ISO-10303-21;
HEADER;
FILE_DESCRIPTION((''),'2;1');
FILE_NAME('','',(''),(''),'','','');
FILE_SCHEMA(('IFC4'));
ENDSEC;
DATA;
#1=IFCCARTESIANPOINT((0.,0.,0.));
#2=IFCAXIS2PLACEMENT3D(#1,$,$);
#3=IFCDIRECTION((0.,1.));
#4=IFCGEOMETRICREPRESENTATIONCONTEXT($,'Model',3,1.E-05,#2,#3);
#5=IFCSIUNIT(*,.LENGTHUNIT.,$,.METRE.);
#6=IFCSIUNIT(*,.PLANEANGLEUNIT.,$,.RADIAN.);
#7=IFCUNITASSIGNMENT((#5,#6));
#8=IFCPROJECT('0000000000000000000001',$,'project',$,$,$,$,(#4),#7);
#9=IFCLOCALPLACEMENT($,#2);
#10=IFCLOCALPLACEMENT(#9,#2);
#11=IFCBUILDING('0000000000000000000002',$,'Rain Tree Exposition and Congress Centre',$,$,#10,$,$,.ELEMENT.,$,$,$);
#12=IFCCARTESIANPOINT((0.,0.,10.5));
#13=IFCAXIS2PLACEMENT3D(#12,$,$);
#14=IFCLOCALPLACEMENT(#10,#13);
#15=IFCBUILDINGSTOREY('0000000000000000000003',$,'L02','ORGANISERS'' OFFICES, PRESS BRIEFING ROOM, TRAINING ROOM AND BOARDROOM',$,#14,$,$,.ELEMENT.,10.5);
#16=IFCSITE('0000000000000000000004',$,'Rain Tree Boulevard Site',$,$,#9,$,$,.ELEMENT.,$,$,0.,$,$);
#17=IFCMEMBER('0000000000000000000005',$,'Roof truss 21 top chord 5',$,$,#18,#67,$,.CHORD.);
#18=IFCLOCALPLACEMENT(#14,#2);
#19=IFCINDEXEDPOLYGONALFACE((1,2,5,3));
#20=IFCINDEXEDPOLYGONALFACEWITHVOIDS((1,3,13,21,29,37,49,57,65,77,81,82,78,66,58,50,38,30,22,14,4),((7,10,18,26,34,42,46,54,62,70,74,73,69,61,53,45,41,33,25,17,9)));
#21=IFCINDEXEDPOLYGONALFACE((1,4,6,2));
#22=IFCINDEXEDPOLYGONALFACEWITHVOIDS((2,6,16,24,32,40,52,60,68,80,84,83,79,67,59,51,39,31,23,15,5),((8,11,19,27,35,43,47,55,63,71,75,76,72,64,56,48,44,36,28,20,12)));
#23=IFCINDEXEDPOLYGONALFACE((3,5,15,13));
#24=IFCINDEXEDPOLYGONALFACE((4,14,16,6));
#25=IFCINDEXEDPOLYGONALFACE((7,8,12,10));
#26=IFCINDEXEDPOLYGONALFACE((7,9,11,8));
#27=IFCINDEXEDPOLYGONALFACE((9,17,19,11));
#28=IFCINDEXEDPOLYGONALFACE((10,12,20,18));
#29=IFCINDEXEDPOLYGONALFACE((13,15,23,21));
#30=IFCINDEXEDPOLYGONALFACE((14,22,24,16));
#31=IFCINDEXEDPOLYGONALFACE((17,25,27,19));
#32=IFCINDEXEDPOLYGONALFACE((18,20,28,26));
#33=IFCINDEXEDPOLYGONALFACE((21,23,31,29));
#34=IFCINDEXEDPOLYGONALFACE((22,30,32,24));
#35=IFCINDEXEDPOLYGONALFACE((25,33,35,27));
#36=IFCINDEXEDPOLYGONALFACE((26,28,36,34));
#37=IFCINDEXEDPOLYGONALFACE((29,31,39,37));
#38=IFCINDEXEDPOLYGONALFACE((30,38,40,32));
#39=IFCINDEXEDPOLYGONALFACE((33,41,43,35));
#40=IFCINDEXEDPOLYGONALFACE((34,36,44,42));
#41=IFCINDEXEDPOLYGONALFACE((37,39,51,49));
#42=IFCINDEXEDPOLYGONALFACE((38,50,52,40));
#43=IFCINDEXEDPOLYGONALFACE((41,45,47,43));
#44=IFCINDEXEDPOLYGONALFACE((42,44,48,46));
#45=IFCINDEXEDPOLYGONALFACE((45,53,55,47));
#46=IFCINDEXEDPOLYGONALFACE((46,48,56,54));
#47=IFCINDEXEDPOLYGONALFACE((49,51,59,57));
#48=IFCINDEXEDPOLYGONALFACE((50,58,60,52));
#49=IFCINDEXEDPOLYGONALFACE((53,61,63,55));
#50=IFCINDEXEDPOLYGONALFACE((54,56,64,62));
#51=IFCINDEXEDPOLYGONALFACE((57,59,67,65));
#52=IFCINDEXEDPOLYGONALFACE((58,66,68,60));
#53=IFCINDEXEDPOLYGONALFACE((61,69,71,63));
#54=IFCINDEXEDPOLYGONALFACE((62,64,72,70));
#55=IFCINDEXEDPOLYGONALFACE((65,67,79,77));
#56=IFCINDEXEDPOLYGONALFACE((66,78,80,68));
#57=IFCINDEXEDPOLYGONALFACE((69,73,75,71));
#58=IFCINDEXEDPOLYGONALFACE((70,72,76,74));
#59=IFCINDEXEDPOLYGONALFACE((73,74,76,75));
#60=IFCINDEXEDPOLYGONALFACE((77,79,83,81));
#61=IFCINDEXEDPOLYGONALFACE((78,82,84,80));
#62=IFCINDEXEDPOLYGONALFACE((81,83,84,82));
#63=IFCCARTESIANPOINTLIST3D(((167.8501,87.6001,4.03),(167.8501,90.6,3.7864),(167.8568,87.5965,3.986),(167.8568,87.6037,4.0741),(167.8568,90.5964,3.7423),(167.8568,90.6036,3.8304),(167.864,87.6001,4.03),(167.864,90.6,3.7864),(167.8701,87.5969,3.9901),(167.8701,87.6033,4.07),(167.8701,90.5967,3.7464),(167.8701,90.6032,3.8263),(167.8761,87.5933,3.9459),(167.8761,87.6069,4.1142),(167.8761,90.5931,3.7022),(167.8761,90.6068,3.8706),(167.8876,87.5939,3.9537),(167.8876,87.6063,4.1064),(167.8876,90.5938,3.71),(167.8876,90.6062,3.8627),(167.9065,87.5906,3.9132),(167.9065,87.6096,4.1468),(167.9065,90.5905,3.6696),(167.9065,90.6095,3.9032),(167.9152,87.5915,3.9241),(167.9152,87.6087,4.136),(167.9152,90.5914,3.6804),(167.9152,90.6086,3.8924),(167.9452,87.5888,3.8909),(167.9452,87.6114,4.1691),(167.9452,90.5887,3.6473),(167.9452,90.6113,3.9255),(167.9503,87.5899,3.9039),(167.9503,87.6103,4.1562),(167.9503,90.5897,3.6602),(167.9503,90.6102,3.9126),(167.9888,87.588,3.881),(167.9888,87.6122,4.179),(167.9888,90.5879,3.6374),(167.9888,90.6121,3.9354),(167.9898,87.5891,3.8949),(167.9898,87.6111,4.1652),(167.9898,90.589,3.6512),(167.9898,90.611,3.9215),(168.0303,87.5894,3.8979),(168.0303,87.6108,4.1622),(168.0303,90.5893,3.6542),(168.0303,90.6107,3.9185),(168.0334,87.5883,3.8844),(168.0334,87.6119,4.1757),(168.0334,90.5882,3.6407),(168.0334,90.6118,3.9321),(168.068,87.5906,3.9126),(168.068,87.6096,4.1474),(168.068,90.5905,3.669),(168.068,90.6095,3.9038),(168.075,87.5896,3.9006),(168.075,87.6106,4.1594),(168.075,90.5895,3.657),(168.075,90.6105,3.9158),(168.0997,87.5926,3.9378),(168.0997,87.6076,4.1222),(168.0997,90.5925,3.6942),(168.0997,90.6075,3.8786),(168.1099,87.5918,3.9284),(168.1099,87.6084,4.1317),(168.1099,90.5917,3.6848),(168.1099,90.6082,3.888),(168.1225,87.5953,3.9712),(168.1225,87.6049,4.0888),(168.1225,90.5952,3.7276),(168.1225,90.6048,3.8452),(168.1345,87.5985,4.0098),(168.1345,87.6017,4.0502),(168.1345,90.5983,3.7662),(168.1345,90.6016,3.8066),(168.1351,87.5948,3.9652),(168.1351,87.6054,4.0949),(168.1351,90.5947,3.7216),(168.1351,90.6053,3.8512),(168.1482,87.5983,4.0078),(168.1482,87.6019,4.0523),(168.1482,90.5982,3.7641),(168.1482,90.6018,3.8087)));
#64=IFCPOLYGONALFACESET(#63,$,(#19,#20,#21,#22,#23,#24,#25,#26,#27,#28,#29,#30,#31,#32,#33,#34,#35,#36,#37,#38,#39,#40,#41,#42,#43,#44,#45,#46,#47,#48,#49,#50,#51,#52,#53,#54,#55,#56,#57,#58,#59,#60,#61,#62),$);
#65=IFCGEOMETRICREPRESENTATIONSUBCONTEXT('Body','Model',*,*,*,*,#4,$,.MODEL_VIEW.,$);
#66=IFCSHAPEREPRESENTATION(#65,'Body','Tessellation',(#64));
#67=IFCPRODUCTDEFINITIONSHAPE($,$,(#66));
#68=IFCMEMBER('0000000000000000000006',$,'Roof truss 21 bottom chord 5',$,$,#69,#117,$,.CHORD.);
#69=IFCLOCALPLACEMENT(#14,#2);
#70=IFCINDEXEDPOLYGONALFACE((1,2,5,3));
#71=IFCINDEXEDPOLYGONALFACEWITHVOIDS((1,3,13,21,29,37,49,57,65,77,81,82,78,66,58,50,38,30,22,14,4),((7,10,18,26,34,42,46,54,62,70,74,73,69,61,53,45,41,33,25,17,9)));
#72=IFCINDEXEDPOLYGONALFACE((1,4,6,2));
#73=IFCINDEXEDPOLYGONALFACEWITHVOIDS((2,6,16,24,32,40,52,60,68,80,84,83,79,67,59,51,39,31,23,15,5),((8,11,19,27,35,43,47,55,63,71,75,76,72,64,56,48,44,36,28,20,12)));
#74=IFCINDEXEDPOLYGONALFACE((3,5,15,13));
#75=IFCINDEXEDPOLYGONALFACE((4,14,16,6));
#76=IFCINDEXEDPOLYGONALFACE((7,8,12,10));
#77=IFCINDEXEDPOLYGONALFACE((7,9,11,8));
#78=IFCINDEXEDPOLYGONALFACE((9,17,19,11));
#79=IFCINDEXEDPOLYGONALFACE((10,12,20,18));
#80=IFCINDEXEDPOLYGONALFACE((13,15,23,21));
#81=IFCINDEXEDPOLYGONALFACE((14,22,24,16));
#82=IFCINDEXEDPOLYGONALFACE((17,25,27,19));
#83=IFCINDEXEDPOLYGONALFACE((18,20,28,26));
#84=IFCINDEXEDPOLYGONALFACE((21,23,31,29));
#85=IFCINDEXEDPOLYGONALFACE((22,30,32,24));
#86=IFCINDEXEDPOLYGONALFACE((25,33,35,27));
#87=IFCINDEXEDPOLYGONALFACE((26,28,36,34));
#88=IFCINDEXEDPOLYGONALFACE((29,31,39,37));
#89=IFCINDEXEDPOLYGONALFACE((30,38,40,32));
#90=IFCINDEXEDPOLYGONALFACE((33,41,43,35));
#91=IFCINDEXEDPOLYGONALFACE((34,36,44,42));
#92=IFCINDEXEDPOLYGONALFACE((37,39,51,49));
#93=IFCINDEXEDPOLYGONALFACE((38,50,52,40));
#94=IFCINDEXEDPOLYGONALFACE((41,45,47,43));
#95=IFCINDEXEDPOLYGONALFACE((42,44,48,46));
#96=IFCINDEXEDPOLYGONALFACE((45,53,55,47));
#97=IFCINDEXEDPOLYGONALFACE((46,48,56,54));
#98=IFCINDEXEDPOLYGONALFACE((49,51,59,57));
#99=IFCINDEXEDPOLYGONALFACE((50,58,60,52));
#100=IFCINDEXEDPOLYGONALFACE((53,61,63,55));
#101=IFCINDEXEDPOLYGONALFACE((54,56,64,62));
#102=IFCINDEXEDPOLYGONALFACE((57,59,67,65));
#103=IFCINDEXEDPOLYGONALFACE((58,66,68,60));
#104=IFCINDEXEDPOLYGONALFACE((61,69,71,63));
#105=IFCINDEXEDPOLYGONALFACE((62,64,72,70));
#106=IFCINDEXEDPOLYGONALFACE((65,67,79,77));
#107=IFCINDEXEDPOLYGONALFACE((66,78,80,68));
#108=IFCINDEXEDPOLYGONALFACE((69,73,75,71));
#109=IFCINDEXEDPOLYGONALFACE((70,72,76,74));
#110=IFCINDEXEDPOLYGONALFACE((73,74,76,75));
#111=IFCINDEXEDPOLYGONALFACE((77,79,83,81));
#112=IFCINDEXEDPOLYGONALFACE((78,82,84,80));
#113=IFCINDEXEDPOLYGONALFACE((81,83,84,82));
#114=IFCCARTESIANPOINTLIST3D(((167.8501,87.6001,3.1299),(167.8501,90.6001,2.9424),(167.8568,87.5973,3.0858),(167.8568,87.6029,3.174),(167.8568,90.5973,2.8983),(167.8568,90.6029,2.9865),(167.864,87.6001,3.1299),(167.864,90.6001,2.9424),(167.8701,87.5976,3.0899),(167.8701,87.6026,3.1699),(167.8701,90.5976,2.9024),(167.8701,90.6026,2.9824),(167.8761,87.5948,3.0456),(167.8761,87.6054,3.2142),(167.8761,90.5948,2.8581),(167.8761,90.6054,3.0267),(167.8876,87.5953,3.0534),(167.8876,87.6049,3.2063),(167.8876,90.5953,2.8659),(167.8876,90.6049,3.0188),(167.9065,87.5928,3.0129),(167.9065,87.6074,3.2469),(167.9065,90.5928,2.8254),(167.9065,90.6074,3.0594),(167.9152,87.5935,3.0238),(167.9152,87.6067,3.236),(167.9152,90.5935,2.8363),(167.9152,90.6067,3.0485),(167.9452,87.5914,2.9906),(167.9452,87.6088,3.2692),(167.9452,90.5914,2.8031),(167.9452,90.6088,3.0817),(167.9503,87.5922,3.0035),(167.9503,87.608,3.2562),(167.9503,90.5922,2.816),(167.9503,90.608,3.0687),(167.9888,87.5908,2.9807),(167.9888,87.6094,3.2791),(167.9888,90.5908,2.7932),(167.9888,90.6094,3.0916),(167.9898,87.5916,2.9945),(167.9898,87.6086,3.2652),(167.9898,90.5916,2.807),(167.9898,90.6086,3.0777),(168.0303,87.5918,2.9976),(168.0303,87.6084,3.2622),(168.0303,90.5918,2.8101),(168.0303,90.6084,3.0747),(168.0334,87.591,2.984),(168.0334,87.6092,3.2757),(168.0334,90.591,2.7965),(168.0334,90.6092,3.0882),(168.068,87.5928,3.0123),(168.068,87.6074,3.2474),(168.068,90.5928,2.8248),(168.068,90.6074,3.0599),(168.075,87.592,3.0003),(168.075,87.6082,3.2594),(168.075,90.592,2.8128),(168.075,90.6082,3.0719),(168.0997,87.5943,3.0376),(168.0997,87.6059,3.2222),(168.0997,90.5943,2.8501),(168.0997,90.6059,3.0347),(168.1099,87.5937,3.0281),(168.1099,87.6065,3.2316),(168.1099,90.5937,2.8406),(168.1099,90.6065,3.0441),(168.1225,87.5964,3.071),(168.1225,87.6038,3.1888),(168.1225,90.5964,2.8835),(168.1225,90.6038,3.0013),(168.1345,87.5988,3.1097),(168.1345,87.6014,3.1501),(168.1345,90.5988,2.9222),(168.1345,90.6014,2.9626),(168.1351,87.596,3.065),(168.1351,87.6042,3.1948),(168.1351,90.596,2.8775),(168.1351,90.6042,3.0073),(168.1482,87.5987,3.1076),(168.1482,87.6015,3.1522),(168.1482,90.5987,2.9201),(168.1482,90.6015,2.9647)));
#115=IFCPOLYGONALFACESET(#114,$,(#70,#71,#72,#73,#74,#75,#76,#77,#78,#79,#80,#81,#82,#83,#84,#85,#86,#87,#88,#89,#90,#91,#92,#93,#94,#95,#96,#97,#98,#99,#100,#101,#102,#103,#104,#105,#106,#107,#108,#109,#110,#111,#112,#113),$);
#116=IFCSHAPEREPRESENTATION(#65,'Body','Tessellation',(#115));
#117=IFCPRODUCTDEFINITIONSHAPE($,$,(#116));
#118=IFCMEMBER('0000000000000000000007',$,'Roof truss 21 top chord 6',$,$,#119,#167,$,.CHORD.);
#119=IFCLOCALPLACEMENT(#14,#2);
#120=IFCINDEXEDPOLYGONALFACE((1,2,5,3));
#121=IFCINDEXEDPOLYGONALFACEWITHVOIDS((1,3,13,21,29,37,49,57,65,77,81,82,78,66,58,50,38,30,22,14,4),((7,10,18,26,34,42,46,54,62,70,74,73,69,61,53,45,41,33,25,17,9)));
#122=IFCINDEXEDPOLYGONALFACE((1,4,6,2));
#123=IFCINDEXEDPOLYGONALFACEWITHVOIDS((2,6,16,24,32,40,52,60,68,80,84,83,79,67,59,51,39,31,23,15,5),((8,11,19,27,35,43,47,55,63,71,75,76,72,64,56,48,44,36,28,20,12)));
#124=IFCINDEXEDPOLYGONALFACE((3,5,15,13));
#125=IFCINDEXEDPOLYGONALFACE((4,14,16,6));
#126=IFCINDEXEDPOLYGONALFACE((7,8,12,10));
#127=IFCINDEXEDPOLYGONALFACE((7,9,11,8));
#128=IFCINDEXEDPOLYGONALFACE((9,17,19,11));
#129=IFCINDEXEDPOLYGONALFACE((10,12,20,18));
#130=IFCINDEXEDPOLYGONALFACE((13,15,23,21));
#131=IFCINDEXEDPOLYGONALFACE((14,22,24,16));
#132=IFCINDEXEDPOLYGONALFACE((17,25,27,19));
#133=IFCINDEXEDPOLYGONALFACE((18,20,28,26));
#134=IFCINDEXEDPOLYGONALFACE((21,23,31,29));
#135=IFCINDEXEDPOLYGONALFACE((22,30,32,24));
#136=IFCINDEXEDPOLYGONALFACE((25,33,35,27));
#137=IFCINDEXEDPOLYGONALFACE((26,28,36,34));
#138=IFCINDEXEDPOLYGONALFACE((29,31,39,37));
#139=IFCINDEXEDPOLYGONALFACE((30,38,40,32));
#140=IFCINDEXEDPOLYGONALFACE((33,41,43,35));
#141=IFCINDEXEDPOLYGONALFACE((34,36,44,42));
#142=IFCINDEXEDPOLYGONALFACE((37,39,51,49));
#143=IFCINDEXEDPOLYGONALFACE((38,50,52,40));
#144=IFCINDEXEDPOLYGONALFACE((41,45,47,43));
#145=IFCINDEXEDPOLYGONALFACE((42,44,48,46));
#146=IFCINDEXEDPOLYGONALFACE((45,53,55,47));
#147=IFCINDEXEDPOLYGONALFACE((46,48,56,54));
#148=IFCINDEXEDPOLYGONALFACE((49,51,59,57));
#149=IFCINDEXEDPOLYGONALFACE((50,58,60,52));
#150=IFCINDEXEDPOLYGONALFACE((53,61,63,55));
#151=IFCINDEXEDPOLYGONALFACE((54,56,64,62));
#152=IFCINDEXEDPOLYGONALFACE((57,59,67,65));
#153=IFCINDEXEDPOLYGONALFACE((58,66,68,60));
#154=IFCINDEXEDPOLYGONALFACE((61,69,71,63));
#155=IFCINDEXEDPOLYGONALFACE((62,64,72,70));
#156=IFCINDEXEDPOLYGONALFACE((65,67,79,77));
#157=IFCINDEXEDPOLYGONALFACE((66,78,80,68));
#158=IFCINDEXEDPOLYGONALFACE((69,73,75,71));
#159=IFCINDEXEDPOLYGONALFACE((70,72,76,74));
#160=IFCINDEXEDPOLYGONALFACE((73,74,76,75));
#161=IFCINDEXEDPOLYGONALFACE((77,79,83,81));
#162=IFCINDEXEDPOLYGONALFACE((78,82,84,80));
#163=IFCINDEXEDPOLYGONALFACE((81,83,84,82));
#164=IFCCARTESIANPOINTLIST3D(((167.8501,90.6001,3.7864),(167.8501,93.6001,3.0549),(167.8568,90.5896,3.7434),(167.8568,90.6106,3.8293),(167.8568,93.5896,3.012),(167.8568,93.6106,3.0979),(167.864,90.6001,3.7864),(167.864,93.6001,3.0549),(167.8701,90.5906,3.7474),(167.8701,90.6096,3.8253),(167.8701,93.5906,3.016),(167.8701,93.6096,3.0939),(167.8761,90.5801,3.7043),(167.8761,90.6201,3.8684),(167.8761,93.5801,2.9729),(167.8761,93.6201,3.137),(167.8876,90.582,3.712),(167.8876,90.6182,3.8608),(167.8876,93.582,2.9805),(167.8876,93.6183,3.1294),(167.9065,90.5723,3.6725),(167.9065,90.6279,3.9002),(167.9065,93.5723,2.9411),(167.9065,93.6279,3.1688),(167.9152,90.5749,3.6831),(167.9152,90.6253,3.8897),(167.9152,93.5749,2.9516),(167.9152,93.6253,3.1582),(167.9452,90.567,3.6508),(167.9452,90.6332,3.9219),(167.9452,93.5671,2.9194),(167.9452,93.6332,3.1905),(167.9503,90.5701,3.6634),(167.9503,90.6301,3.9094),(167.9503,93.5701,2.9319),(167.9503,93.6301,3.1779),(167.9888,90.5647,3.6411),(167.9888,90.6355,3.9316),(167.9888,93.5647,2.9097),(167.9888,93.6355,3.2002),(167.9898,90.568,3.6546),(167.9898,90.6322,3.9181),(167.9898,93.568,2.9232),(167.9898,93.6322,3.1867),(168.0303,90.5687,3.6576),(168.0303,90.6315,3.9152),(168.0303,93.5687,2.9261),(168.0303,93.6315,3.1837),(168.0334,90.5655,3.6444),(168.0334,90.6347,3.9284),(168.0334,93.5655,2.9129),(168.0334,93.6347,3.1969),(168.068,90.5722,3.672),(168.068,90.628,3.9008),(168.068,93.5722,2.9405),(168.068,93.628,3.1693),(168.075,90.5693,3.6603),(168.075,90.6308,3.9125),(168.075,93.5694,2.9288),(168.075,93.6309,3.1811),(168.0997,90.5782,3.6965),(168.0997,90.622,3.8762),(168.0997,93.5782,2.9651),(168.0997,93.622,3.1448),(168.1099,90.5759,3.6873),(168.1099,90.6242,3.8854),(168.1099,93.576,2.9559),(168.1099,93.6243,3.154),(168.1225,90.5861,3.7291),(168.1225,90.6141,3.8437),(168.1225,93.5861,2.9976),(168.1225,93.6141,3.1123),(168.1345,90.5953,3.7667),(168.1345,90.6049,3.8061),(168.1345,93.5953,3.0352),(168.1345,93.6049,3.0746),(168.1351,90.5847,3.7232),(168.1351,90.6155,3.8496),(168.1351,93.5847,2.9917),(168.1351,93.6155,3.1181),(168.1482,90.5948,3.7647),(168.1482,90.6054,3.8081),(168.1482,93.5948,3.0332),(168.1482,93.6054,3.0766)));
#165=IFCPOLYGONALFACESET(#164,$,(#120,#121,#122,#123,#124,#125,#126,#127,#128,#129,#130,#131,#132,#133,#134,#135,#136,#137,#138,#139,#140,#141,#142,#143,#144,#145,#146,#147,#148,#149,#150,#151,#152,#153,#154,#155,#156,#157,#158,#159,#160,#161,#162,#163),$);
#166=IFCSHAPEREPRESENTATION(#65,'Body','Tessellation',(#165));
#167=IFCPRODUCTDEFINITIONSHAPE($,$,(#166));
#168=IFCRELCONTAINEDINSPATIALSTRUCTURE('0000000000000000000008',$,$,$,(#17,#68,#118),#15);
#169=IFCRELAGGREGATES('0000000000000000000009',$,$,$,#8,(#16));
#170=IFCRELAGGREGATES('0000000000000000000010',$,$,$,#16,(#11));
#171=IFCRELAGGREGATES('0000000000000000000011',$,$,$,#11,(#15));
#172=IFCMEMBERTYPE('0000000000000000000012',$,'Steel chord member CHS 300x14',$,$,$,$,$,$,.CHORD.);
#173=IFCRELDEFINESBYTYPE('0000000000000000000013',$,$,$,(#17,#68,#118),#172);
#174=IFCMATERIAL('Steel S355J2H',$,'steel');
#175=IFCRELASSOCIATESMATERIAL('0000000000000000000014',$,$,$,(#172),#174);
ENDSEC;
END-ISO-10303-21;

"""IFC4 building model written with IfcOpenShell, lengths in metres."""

from ifc_helpers import new_model, si_unit, direction, frame, origin, origin_2d, place, context, subcontext, project, spatial, hollow_circle, extrude, material, material_profile, profile_set, type_object, element, save


model = new_model("IFC4")

# Units and contexts
model_context = context("Model", 3, precision=1e-05, world=origin(), true_north=direction((0.0, 1.0)))
body_context = subcontext(model_context, "Body", "Model", "MODEL_VIEW")
ifc_project = project(units=[si_unit("LENGTHUNIT", "METRE"), si_unit("PLANEANGLEUNIT", "RADIAN")], contexts=[model_context])

# Site, building, storey
site_placement = place(None, origin())
site = spatial("IfcSite", under=ifc_project, at=site_placement, Name="Rain Tree Boulevard Site", CompositionType="ELEMENT", RefElevation=0.0)
building_placement = place(site_placement, origin())
building = spatial("IfcBuilding", under=site, at=building_placement, Name="Rain Tree Exposition and Congress Centre", CompositionType="ELEMENT")
storey_placement = place(building_placement, frame((0.0, 0.0, 10.5)))
storey = spatial("IfcBuildingStorey", under=building, at=storey_placement, Name="L02", Description="ORGANISERS' OFFICES, PRESS BRIEFING ROOM, TRAINING ROOM AND BOARDROOM", CompositionType="ELEMENT", Elevation=10.5)

# Members
ifc_material_1 = material(Name="Steel S355J2H", Category="steel")
ifc_material_profile_1 = material_profile(ifc_material_1, hollow_circle(Radius=0.1499, WallThickness=0.0139, at=origin_2d()), Name="CHS 300x14")
ifc_profile_set_1 = profile_set([ifc_material_profile_1], Name="Steel S355J2H")
member_type_1 = type_object("IfcMemberType", Name="Steel chord member CHS 300x14", PredefinedType="CHORD", material=ifc_profile_set_1)
member_1_placement = place(storey_placement, frame((168.0, 87.6001, 4.03), z_axis=(0.0, 0.996718, -0.080951), x_axis=(-1.0, 0.0, 0.0)))
element("IfcMember", 1, at=member_1_placement, inside=storey, type_object=member_type_1, Name="Roof truss 21 top chord 5", PredefinedType="CHORD", context=body_context, shape_type="SweptSolid", body=[
    extrude(hollow_circle(Radius=0.1499, WallThickness=0.0139, at=origin_2d()), origin(), (0.0, 0.0, 1.0), 3.0098),
])
member_2_placement = place(storey_placement, frame((168.0, 87.6001, 3.1299), z_axis=(0.0, 0.998053, -0.062378), x_axis=(-1.0, 0.0, 0.0)))
element("IfcMember", 2, at=member_2_placement, inside=storey, type_object=member_type_1, Name="Roof truss 21 bottom chord 5", PredefinedType="CHORD", context=body_context, shape_type="SweptSolid", body=[
    extrude(hollow_circle(Radius=0.1499, WallThickness=0.0139, at=origin_2d()), origin(), (0.0, 0.0, 1.0), 3.0059),
])
member_3_placement = place(storey_placement, frame((168.0, 90.6001, 3.7864), z_axis=(0.0, 0.97154, -0.236876), x_axis=(-1.0, 0.0, 0.0)))
element("IfcMember", 3, at=member_3_placement, inside=storey, type_object=member_type_1, Name="Roof truss 21 top chord 6", PredefinedType="CHORD", context=body_context, shape_type="SweptSolid", body=[
    extrude(hollow_circle(Radius=0.1499, WallThickness=0.0139, at=origin_2d()), origin(), (0.0, 0.0, 1.0), 3.0879),
])

save(model, "model.ifc")
